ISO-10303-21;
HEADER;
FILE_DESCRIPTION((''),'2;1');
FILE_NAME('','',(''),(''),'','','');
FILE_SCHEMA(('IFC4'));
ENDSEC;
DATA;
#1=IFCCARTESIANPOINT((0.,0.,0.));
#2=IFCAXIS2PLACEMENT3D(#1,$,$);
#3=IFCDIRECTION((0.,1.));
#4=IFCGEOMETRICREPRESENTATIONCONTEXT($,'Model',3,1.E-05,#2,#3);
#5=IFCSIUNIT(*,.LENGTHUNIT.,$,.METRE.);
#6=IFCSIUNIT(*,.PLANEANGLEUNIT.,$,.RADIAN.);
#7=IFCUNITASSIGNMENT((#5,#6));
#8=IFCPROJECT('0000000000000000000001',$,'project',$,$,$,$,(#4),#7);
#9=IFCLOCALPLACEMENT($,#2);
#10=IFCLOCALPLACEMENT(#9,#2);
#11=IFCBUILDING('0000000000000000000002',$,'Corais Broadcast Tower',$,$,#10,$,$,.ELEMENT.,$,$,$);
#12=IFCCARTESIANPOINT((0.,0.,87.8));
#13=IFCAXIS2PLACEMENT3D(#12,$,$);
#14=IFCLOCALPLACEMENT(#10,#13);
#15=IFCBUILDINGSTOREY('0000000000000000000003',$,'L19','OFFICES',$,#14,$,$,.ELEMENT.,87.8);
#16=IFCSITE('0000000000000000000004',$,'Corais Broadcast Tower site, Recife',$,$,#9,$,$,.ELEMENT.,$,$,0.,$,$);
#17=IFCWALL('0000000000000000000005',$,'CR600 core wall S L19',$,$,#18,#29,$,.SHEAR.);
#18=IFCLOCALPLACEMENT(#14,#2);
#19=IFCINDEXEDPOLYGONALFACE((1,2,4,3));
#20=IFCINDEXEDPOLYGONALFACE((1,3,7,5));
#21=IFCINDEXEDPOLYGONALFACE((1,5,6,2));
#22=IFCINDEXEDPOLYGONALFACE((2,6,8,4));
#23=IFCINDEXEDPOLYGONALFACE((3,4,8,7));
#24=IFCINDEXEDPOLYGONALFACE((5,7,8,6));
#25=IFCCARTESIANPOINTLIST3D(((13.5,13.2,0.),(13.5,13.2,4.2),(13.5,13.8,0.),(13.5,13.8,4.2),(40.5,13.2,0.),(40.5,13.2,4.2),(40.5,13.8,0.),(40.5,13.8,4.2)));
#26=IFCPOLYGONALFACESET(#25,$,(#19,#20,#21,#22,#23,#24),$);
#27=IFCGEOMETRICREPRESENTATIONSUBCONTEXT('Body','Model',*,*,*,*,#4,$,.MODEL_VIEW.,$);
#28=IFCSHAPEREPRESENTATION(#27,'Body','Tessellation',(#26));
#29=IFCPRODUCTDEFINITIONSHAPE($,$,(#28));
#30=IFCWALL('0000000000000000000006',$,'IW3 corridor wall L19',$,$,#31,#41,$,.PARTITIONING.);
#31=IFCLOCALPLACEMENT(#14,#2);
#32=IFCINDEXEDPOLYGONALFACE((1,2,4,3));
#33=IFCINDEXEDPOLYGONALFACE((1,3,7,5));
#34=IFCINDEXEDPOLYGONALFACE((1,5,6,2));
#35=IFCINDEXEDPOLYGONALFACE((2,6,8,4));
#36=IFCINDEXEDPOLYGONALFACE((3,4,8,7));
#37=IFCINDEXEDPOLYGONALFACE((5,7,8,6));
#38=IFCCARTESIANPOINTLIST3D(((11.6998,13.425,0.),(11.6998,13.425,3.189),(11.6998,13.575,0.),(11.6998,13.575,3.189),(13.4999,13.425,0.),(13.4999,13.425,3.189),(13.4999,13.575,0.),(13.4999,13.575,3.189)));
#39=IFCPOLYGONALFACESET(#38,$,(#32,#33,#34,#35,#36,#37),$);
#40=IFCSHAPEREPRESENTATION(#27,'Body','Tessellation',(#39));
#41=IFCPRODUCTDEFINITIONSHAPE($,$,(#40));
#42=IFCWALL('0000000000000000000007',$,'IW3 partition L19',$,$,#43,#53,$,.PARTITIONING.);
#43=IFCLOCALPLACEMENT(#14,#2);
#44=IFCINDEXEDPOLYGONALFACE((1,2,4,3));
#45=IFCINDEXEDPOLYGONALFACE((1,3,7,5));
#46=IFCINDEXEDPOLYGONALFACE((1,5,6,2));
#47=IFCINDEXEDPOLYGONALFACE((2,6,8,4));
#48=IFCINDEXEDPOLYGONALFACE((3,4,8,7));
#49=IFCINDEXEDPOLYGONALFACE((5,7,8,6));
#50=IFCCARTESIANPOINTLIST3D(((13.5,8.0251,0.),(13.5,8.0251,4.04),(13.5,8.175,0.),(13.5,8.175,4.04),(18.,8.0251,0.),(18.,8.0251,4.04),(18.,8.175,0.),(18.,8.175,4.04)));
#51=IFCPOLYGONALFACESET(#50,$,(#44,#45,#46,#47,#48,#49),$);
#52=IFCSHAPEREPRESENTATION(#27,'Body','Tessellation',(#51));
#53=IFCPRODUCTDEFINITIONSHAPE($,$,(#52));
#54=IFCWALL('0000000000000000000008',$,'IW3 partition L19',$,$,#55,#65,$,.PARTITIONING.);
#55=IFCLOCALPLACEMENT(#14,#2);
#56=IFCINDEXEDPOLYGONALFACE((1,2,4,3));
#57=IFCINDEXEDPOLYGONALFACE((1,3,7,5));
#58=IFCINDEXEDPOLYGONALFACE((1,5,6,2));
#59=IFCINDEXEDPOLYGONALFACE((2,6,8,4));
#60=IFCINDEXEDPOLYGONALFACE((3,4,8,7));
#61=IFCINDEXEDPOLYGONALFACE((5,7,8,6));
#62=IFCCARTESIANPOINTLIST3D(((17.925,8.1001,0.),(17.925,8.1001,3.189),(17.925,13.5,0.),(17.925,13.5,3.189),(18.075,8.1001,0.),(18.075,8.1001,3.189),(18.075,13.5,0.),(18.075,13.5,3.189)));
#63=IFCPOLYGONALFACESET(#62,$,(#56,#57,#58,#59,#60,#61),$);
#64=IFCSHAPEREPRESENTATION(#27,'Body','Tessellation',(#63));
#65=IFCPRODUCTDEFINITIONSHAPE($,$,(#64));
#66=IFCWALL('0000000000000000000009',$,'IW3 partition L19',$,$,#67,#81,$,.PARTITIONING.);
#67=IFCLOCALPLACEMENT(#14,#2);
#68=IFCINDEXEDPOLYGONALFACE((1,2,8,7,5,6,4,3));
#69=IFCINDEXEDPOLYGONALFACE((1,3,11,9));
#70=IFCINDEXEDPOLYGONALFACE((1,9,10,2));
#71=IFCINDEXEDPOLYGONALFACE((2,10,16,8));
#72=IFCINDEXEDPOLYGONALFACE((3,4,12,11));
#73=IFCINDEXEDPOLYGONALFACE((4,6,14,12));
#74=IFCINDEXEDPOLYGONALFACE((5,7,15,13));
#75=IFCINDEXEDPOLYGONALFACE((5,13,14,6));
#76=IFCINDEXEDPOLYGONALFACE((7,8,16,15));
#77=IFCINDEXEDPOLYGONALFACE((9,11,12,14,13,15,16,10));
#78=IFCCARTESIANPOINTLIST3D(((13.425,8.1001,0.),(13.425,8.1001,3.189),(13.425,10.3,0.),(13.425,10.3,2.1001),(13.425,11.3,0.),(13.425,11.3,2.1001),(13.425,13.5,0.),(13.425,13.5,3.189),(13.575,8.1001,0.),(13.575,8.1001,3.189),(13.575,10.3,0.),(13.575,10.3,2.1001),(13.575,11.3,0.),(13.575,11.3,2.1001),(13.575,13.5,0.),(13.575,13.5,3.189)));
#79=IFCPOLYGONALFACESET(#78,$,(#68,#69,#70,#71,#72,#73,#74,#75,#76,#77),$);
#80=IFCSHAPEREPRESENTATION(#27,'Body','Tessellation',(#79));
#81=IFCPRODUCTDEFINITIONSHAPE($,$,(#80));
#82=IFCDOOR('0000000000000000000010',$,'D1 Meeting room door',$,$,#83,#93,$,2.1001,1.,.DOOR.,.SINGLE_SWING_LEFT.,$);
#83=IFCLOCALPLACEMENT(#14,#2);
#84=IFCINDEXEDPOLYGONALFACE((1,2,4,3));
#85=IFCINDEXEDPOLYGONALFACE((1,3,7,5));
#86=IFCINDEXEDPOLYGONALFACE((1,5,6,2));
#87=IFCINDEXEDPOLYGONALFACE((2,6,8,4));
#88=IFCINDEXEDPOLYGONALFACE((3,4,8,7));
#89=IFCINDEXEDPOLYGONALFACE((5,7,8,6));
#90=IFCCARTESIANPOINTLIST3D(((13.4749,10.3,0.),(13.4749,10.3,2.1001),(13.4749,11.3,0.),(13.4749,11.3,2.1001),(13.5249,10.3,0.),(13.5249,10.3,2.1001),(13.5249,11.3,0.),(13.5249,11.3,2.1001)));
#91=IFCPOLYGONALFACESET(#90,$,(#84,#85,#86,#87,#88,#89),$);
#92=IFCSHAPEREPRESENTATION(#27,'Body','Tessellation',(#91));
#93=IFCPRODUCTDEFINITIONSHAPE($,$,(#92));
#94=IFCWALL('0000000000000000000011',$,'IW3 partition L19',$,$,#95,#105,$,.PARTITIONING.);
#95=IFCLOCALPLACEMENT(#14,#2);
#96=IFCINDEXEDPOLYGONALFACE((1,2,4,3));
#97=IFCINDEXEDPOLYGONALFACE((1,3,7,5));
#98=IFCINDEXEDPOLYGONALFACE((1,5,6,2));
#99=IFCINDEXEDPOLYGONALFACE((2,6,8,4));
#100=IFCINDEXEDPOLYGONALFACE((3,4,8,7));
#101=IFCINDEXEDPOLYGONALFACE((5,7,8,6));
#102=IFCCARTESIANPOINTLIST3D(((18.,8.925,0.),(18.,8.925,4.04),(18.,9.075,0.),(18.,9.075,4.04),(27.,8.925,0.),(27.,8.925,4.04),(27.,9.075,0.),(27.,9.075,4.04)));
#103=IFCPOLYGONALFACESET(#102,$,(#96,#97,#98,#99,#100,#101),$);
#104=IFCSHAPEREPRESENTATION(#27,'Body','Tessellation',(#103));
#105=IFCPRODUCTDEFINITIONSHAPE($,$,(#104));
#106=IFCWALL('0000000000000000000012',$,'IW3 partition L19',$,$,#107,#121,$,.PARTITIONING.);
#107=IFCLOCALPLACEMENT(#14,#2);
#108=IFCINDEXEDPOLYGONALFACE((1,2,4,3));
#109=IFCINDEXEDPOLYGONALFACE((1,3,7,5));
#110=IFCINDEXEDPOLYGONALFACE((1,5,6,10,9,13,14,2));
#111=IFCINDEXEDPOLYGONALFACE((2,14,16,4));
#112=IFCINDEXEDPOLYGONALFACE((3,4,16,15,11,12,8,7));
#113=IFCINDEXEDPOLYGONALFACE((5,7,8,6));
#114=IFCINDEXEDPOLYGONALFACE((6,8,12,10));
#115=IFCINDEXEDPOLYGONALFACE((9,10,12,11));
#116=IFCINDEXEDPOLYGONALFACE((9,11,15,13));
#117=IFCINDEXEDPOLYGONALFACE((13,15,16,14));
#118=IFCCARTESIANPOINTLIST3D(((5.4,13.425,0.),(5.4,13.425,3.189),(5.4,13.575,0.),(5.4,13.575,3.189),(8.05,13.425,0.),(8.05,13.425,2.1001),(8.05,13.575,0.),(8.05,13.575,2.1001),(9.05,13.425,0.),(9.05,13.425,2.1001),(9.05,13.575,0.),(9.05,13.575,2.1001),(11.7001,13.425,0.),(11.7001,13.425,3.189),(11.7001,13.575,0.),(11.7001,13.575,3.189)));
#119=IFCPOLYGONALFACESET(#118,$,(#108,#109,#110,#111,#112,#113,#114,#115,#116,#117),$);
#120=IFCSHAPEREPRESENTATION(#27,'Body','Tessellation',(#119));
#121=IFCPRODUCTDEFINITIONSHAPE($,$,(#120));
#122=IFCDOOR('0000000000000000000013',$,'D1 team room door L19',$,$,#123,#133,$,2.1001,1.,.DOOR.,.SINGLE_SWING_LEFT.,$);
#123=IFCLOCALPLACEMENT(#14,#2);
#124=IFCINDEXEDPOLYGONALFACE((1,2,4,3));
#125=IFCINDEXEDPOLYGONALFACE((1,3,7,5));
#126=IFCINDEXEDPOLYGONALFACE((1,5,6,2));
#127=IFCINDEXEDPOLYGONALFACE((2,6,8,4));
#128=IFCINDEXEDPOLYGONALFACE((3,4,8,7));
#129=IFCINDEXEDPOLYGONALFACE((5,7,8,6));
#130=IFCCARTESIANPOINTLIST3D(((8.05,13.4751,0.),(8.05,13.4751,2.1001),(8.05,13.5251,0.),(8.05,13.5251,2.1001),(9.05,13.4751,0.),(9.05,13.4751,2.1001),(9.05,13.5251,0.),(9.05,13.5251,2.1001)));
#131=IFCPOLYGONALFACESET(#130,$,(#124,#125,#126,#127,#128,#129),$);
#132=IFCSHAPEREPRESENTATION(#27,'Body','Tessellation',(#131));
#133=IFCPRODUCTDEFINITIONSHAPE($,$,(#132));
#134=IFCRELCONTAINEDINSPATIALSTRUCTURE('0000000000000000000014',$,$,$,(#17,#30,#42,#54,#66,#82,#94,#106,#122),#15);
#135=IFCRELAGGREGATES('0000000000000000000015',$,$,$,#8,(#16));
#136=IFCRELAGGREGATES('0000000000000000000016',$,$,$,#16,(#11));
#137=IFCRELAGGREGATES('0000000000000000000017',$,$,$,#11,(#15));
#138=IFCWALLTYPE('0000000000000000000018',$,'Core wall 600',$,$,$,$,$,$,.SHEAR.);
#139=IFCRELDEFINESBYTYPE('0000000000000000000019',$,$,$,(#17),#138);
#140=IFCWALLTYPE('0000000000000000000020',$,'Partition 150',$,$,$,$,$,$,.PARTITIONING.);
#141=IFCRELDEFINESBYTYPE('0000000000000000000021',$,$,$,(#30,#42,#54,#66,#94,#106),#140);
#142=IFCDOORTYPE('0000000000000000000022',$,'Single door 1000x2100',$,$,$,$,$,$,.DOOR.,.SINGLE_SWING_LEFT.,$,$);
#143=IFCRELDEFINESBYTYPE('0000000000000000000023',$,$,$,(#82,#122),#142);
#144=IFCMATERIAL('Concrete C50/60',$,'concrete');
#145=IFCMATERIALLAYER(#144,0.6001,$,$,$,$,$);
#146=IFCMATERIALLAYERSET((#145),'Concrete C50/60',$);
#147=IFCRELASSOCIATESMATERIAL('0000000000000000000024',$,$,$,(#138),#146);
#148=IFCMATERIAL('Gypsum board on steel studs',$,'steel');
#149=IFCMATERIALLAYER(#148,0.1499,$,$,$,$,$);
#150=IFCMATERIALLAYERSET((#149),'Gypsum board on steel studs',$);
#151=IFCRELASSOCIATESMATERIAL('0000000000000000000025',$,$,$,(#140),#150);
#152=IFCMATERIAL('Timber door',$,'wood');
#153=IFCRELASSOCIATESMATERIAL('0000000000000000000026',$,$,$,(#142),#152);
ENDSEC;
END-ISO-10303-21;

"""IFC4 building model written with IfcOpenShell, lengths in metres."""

from ifc_helpers import new_model, si_unit, direction, frame, frame_2d, origin, place, context, subcontext, project, spatial, rectangle, extrude, material, layer, layer_set, type_object, element, fill, save


model = new_model("IFC4")

# Units and contexts
model_context = context("Model", 3, precision=1e-05, world=origin(), true_north=direction((0.0, 1.0)))
body_context = subcontext(model_context, "Body", "Model", "MODEL_VIEW")
ifc_project = project(units=[si_unit("LENGTHUNIT", "METRE"), si_unit("PLANEANGLEUNIT", "RADIAN")], contexts=[model_context])

# Site, building, storey
site_placement = place(None, origin())
site = spatial("IfcSite", under=ifc_project, at=site_placement, Name="Corais Broadcast Tower site, Recife", CompositionType="ELEMENT", RefElevation=0.0)
building_placement = place(site_placement, origin())
building = spatial("IfcBuilding", under=site, at=building_placement, Name="Corais Broadcast Tower", CompositionType="ELEMENT")
storey_placement = place(building_placement, frame((0.0, 0.0, 87.8)))
storey = spatial("IfcBuildingStorey", under=building, at=storey_placement, Name="L19", Description="OFFICES", CompositionType="ELEMENT", Elevation=87.8)

# Walls
ifc_material_1 = material(Name="Concrete C50/60", Category="concrete")
ifc_layer_1 = layer(ifc_material_1, 0.6001)
ifc_layer_set_1 = layer_set([ifc_layer_1], Name="Concrete C50/60")
wall_type_1 = type_object("IfcWallType", Name="Core wall 600", PredefinedType="SHEAR", material=ifc_layer_set_1)
wall_1_placement = place(storey_placement, frame((13.5, 13.5, 0.0), z_axis=(0.0, 0.0, 1.0), x_axis=(1.0, 0.0, 0.0)))
element("IfcWall", 1, at=wall_1_placement, inside=storey, type_object=wall_type_1, Name="CR600 core wall S L19", PredefinedType="SHEAR", context=body_context, shape_type="SweptSolid", body=[
    extrude(rectangle(XDim=27.0, YDim=0.6001, at=frame_2d((13.5, 0.0))), origin(), (0.0, 0.0, 1.0), 4.2),
])
ifc_material_2 = material(Name="Gypsum board on steel studs", Category="steel")
ifc_layer_2 = layer(ifc_material_2, 0.1499)
ifc_layer_set_2 = layer_set([ifc_layer_2], Name="Gypsum board on steel studs")
wall_type_2 = type_object("IfcWallType", Name="Partition 150", PredefinedType="PARTITIONING", material=ifc_layer_set_2)
wall_2_placement = place(storey_placement, frame((11.7, 13.5, 0.0), z_axis=(0.0, 0.0, 1.0), x_axis=(1.0, 0.0, 0.0)))
element("IfcWall", 2, at=wall_2_placement, inside=storey, type_object=wall_type_2, Name="IW3 corridor wall L19", PredefinedType="PARTITIONING", context=body_context, shape_type="SweptSolid", body=[
    extrude(rectangle(XDim=1.8, YDim=0.1499, at=frame_2d((0.8999, 0.0))), origin(), (0.0, 0.0, 1.0), 3.189),
])
wall_3_placement = place(storey_placement, frame((13.5, 8.1001, 0.0), z_axis=(0.0, 0.0, 1.0), x_axis=(1.0, 0.0, 0.0)))
element("IfcWall", 3, at=wall_3_placement, inside=storey, type_object=wall_type_2, Name="IW3 partition L19", PredefinedType="PARTITIONING", context=body_context, shape_type="SweptSolid", body=[
    extrude(rectangle(XDim=4.5, YDim=0.1499, at=frame_2d((2.25, 0.0))), origin(), (0.0, 0.0, 1.0), 4.04),
])
wall_4_placement = place(storey_placement, frame((18.0, 8.1001, 0.0), z_axis=(0.0, 0.0, 1.0), x_axis=(0.0, 1.0, 0.0)))
element("IfcWall", 4, at=wall_4_placement, inside=storey, type_object=wall_type_2, Name="IW3 partition L19", PredefinedType="PARTITIONING", context=body_context, shape_type="SweptSolid", body=[
    extrude(rectangle(XDim=5.3999, YDim=0.1499, at=frame_2d((2.7, 0.0))), origin(), (0.0, 0.0, 1.0), 3.189),
])

# Wall, opening, door
wall_5_placement = place(storey_placement, frame((13.5, 13.5, 0.0), z_axis=(0.0, 0.0, 1.0), x_axis=(0.0, -1.0, 0.0)))
wall_5 = element("IfcWall", 5, at=wall_5_placement, inside=storey, type_object=wall_type_2, Name="IW3 partition L19", PredefinedType="PARTITIONING", context=body_context, shape_type="SweptSolid", body=[
    extrude(rectangle(XDim=5.3999, YDim=0.1499, at=frame_2d((2.7, 0.0))), origin(), (0.0, 0.0, 1.0), 3.189),
])
opening_1_placement = place(wall_5_placement, frame((2.2, 0.0, 0.0)))
opening_1 = element("IfcOpeningElement", 6, at=opening_1_placement, cuts=wall_5, PredefinedType="OPENING", context=body_context, shape_type="SweptSolid", body=[
    extrude(rectangle(XDim=1.0, YDim=2.1001, at=frame_2d((0.5, 1.05))), frame((0.0, 0.085, 0.0), z_axis=(0.0, -1.0, 0.0), x_axis=(1.0, 0.0, 0.0)), (0.0, 0.0, 1.0), 0.1699),
])
ifc_material_3 = material(Name="Timber door", Category="wood")
door_type = type_object("IfcDoorType", Name="Single door 1000x2100", OperationType="SINGLE_SWING_LEFT", PredefinedType="DOOR", material=ifc_material_3)
door_1_placement = place(opening_1_placement, origin())
door_1 = element("IfcDoor", 7, at=door_1_placement, inside=storey, type_object=door_type, Name="D1 Meeting room door", OperationType="SINGLE_SWING_LEFT", OverallHeight=2.1001, OverallWidth=1.0, PredefinedType="DOOR", context=body_context, shape_type="SweptSolid", body=[
    extrude(rectangle(XDim=1.0, YDim=2.1001, at=frame_2d((0.5, 1.05))), frame((0.0, 0.0249, 0.0), z_axis=(0.0, -1.0, 0.0), x_axis=(1.0, 0.0, 0.0)), (0.0, 0.0, 1.0), 0.05),
])
fill(opening_1, door_1)

# Wall
wall_6_placement = place(storey_placement, frame((18.0, 9.0, 0.0), z_axis=(0.0, 0.0, 1.0), x_axis=(1.0, 0.0, 0.0)))
element("IfcWall", 8, at=wall_6_placement, inside=storey, type_object=wall_type_2, Name="IW3 partition L19", PredefinedType="PARTITIONING", context=body_context, shape_type="SweptSolid", body=[
    extrude(rectangle(XDim=9.0, YDim=0.1499, at=frame_2d((4.5, 0.0))), origin(), (0.0, 0.0, 1.0), 4.04),
])

# Wall, opening, door
wall_7_placement = place(storey_placement, frame((11.7, 13.5, 0.0), z_axis=(0.0, 0.0, 1.0), x_axis=(-1.0, 0.0, 0.0)))
wall_7 = element("IfcWall", 9, at=wall_7_placement, inside=storey, type_object=wall_type_2, Name="IW3 partition L19", PredefinedType="PARTITIONING", context=body_context, shape_type="SweptSolid", body=[
    extrude(rectangle(XDim=6.3, YDim=0.1499, at=frame_2d((3.1499, 0.0))), origin(), (0.0, 0.0, 1.0), 3.189),
])
opening_2_placement = place(wall_7_placement, frame((2.6499, 0.0, 0.0)))
opening_2 = element("IfcOpeningElement", 10, at=opening_2_placement, cuts=wall_7, PredefinedType="OPENING", context=body_context, shape_type="SweptSolid", body=[
    extrude(rectangle(XDim=1.0, YDim=2.1001, at=frame_2d((0.5, 1.05))), frame((0.0, 0.085, 0.0), z_axis=(0.0, -1.0, 0.0), x_axis=(1.0, 0.0, 0.0)), (0.0, 0.0, 1.0), 0.1699),
])
door_2_placement = place(opening_2_placement, origin())
door_2 = element("IfcDoor", 11, at=door_2_placement, inside=storey, type_object=door_type, Name="D1 team room door L19", OperationType="SINGLE_SWING_LEFT", OverallHeight=2.1001, OverallWidth=1.0, PredefinedType="DOOR", context=body_context, shape_type="SweptSolid", body=[
    extrude(rectangle(XDim=1.0, YDim=2.1001, at=frame_2d((0.5, 1.05))), frame((0.0, 0.0249, 0.0), z_axis=(0.0, -1.0, 0.0), x_axis=(1.0, 0.0, 0.0)), (0.0, 0.0, 1.0), 0.05),
])
fill(opening_2, door_2)

save(model, "model.ifc")
